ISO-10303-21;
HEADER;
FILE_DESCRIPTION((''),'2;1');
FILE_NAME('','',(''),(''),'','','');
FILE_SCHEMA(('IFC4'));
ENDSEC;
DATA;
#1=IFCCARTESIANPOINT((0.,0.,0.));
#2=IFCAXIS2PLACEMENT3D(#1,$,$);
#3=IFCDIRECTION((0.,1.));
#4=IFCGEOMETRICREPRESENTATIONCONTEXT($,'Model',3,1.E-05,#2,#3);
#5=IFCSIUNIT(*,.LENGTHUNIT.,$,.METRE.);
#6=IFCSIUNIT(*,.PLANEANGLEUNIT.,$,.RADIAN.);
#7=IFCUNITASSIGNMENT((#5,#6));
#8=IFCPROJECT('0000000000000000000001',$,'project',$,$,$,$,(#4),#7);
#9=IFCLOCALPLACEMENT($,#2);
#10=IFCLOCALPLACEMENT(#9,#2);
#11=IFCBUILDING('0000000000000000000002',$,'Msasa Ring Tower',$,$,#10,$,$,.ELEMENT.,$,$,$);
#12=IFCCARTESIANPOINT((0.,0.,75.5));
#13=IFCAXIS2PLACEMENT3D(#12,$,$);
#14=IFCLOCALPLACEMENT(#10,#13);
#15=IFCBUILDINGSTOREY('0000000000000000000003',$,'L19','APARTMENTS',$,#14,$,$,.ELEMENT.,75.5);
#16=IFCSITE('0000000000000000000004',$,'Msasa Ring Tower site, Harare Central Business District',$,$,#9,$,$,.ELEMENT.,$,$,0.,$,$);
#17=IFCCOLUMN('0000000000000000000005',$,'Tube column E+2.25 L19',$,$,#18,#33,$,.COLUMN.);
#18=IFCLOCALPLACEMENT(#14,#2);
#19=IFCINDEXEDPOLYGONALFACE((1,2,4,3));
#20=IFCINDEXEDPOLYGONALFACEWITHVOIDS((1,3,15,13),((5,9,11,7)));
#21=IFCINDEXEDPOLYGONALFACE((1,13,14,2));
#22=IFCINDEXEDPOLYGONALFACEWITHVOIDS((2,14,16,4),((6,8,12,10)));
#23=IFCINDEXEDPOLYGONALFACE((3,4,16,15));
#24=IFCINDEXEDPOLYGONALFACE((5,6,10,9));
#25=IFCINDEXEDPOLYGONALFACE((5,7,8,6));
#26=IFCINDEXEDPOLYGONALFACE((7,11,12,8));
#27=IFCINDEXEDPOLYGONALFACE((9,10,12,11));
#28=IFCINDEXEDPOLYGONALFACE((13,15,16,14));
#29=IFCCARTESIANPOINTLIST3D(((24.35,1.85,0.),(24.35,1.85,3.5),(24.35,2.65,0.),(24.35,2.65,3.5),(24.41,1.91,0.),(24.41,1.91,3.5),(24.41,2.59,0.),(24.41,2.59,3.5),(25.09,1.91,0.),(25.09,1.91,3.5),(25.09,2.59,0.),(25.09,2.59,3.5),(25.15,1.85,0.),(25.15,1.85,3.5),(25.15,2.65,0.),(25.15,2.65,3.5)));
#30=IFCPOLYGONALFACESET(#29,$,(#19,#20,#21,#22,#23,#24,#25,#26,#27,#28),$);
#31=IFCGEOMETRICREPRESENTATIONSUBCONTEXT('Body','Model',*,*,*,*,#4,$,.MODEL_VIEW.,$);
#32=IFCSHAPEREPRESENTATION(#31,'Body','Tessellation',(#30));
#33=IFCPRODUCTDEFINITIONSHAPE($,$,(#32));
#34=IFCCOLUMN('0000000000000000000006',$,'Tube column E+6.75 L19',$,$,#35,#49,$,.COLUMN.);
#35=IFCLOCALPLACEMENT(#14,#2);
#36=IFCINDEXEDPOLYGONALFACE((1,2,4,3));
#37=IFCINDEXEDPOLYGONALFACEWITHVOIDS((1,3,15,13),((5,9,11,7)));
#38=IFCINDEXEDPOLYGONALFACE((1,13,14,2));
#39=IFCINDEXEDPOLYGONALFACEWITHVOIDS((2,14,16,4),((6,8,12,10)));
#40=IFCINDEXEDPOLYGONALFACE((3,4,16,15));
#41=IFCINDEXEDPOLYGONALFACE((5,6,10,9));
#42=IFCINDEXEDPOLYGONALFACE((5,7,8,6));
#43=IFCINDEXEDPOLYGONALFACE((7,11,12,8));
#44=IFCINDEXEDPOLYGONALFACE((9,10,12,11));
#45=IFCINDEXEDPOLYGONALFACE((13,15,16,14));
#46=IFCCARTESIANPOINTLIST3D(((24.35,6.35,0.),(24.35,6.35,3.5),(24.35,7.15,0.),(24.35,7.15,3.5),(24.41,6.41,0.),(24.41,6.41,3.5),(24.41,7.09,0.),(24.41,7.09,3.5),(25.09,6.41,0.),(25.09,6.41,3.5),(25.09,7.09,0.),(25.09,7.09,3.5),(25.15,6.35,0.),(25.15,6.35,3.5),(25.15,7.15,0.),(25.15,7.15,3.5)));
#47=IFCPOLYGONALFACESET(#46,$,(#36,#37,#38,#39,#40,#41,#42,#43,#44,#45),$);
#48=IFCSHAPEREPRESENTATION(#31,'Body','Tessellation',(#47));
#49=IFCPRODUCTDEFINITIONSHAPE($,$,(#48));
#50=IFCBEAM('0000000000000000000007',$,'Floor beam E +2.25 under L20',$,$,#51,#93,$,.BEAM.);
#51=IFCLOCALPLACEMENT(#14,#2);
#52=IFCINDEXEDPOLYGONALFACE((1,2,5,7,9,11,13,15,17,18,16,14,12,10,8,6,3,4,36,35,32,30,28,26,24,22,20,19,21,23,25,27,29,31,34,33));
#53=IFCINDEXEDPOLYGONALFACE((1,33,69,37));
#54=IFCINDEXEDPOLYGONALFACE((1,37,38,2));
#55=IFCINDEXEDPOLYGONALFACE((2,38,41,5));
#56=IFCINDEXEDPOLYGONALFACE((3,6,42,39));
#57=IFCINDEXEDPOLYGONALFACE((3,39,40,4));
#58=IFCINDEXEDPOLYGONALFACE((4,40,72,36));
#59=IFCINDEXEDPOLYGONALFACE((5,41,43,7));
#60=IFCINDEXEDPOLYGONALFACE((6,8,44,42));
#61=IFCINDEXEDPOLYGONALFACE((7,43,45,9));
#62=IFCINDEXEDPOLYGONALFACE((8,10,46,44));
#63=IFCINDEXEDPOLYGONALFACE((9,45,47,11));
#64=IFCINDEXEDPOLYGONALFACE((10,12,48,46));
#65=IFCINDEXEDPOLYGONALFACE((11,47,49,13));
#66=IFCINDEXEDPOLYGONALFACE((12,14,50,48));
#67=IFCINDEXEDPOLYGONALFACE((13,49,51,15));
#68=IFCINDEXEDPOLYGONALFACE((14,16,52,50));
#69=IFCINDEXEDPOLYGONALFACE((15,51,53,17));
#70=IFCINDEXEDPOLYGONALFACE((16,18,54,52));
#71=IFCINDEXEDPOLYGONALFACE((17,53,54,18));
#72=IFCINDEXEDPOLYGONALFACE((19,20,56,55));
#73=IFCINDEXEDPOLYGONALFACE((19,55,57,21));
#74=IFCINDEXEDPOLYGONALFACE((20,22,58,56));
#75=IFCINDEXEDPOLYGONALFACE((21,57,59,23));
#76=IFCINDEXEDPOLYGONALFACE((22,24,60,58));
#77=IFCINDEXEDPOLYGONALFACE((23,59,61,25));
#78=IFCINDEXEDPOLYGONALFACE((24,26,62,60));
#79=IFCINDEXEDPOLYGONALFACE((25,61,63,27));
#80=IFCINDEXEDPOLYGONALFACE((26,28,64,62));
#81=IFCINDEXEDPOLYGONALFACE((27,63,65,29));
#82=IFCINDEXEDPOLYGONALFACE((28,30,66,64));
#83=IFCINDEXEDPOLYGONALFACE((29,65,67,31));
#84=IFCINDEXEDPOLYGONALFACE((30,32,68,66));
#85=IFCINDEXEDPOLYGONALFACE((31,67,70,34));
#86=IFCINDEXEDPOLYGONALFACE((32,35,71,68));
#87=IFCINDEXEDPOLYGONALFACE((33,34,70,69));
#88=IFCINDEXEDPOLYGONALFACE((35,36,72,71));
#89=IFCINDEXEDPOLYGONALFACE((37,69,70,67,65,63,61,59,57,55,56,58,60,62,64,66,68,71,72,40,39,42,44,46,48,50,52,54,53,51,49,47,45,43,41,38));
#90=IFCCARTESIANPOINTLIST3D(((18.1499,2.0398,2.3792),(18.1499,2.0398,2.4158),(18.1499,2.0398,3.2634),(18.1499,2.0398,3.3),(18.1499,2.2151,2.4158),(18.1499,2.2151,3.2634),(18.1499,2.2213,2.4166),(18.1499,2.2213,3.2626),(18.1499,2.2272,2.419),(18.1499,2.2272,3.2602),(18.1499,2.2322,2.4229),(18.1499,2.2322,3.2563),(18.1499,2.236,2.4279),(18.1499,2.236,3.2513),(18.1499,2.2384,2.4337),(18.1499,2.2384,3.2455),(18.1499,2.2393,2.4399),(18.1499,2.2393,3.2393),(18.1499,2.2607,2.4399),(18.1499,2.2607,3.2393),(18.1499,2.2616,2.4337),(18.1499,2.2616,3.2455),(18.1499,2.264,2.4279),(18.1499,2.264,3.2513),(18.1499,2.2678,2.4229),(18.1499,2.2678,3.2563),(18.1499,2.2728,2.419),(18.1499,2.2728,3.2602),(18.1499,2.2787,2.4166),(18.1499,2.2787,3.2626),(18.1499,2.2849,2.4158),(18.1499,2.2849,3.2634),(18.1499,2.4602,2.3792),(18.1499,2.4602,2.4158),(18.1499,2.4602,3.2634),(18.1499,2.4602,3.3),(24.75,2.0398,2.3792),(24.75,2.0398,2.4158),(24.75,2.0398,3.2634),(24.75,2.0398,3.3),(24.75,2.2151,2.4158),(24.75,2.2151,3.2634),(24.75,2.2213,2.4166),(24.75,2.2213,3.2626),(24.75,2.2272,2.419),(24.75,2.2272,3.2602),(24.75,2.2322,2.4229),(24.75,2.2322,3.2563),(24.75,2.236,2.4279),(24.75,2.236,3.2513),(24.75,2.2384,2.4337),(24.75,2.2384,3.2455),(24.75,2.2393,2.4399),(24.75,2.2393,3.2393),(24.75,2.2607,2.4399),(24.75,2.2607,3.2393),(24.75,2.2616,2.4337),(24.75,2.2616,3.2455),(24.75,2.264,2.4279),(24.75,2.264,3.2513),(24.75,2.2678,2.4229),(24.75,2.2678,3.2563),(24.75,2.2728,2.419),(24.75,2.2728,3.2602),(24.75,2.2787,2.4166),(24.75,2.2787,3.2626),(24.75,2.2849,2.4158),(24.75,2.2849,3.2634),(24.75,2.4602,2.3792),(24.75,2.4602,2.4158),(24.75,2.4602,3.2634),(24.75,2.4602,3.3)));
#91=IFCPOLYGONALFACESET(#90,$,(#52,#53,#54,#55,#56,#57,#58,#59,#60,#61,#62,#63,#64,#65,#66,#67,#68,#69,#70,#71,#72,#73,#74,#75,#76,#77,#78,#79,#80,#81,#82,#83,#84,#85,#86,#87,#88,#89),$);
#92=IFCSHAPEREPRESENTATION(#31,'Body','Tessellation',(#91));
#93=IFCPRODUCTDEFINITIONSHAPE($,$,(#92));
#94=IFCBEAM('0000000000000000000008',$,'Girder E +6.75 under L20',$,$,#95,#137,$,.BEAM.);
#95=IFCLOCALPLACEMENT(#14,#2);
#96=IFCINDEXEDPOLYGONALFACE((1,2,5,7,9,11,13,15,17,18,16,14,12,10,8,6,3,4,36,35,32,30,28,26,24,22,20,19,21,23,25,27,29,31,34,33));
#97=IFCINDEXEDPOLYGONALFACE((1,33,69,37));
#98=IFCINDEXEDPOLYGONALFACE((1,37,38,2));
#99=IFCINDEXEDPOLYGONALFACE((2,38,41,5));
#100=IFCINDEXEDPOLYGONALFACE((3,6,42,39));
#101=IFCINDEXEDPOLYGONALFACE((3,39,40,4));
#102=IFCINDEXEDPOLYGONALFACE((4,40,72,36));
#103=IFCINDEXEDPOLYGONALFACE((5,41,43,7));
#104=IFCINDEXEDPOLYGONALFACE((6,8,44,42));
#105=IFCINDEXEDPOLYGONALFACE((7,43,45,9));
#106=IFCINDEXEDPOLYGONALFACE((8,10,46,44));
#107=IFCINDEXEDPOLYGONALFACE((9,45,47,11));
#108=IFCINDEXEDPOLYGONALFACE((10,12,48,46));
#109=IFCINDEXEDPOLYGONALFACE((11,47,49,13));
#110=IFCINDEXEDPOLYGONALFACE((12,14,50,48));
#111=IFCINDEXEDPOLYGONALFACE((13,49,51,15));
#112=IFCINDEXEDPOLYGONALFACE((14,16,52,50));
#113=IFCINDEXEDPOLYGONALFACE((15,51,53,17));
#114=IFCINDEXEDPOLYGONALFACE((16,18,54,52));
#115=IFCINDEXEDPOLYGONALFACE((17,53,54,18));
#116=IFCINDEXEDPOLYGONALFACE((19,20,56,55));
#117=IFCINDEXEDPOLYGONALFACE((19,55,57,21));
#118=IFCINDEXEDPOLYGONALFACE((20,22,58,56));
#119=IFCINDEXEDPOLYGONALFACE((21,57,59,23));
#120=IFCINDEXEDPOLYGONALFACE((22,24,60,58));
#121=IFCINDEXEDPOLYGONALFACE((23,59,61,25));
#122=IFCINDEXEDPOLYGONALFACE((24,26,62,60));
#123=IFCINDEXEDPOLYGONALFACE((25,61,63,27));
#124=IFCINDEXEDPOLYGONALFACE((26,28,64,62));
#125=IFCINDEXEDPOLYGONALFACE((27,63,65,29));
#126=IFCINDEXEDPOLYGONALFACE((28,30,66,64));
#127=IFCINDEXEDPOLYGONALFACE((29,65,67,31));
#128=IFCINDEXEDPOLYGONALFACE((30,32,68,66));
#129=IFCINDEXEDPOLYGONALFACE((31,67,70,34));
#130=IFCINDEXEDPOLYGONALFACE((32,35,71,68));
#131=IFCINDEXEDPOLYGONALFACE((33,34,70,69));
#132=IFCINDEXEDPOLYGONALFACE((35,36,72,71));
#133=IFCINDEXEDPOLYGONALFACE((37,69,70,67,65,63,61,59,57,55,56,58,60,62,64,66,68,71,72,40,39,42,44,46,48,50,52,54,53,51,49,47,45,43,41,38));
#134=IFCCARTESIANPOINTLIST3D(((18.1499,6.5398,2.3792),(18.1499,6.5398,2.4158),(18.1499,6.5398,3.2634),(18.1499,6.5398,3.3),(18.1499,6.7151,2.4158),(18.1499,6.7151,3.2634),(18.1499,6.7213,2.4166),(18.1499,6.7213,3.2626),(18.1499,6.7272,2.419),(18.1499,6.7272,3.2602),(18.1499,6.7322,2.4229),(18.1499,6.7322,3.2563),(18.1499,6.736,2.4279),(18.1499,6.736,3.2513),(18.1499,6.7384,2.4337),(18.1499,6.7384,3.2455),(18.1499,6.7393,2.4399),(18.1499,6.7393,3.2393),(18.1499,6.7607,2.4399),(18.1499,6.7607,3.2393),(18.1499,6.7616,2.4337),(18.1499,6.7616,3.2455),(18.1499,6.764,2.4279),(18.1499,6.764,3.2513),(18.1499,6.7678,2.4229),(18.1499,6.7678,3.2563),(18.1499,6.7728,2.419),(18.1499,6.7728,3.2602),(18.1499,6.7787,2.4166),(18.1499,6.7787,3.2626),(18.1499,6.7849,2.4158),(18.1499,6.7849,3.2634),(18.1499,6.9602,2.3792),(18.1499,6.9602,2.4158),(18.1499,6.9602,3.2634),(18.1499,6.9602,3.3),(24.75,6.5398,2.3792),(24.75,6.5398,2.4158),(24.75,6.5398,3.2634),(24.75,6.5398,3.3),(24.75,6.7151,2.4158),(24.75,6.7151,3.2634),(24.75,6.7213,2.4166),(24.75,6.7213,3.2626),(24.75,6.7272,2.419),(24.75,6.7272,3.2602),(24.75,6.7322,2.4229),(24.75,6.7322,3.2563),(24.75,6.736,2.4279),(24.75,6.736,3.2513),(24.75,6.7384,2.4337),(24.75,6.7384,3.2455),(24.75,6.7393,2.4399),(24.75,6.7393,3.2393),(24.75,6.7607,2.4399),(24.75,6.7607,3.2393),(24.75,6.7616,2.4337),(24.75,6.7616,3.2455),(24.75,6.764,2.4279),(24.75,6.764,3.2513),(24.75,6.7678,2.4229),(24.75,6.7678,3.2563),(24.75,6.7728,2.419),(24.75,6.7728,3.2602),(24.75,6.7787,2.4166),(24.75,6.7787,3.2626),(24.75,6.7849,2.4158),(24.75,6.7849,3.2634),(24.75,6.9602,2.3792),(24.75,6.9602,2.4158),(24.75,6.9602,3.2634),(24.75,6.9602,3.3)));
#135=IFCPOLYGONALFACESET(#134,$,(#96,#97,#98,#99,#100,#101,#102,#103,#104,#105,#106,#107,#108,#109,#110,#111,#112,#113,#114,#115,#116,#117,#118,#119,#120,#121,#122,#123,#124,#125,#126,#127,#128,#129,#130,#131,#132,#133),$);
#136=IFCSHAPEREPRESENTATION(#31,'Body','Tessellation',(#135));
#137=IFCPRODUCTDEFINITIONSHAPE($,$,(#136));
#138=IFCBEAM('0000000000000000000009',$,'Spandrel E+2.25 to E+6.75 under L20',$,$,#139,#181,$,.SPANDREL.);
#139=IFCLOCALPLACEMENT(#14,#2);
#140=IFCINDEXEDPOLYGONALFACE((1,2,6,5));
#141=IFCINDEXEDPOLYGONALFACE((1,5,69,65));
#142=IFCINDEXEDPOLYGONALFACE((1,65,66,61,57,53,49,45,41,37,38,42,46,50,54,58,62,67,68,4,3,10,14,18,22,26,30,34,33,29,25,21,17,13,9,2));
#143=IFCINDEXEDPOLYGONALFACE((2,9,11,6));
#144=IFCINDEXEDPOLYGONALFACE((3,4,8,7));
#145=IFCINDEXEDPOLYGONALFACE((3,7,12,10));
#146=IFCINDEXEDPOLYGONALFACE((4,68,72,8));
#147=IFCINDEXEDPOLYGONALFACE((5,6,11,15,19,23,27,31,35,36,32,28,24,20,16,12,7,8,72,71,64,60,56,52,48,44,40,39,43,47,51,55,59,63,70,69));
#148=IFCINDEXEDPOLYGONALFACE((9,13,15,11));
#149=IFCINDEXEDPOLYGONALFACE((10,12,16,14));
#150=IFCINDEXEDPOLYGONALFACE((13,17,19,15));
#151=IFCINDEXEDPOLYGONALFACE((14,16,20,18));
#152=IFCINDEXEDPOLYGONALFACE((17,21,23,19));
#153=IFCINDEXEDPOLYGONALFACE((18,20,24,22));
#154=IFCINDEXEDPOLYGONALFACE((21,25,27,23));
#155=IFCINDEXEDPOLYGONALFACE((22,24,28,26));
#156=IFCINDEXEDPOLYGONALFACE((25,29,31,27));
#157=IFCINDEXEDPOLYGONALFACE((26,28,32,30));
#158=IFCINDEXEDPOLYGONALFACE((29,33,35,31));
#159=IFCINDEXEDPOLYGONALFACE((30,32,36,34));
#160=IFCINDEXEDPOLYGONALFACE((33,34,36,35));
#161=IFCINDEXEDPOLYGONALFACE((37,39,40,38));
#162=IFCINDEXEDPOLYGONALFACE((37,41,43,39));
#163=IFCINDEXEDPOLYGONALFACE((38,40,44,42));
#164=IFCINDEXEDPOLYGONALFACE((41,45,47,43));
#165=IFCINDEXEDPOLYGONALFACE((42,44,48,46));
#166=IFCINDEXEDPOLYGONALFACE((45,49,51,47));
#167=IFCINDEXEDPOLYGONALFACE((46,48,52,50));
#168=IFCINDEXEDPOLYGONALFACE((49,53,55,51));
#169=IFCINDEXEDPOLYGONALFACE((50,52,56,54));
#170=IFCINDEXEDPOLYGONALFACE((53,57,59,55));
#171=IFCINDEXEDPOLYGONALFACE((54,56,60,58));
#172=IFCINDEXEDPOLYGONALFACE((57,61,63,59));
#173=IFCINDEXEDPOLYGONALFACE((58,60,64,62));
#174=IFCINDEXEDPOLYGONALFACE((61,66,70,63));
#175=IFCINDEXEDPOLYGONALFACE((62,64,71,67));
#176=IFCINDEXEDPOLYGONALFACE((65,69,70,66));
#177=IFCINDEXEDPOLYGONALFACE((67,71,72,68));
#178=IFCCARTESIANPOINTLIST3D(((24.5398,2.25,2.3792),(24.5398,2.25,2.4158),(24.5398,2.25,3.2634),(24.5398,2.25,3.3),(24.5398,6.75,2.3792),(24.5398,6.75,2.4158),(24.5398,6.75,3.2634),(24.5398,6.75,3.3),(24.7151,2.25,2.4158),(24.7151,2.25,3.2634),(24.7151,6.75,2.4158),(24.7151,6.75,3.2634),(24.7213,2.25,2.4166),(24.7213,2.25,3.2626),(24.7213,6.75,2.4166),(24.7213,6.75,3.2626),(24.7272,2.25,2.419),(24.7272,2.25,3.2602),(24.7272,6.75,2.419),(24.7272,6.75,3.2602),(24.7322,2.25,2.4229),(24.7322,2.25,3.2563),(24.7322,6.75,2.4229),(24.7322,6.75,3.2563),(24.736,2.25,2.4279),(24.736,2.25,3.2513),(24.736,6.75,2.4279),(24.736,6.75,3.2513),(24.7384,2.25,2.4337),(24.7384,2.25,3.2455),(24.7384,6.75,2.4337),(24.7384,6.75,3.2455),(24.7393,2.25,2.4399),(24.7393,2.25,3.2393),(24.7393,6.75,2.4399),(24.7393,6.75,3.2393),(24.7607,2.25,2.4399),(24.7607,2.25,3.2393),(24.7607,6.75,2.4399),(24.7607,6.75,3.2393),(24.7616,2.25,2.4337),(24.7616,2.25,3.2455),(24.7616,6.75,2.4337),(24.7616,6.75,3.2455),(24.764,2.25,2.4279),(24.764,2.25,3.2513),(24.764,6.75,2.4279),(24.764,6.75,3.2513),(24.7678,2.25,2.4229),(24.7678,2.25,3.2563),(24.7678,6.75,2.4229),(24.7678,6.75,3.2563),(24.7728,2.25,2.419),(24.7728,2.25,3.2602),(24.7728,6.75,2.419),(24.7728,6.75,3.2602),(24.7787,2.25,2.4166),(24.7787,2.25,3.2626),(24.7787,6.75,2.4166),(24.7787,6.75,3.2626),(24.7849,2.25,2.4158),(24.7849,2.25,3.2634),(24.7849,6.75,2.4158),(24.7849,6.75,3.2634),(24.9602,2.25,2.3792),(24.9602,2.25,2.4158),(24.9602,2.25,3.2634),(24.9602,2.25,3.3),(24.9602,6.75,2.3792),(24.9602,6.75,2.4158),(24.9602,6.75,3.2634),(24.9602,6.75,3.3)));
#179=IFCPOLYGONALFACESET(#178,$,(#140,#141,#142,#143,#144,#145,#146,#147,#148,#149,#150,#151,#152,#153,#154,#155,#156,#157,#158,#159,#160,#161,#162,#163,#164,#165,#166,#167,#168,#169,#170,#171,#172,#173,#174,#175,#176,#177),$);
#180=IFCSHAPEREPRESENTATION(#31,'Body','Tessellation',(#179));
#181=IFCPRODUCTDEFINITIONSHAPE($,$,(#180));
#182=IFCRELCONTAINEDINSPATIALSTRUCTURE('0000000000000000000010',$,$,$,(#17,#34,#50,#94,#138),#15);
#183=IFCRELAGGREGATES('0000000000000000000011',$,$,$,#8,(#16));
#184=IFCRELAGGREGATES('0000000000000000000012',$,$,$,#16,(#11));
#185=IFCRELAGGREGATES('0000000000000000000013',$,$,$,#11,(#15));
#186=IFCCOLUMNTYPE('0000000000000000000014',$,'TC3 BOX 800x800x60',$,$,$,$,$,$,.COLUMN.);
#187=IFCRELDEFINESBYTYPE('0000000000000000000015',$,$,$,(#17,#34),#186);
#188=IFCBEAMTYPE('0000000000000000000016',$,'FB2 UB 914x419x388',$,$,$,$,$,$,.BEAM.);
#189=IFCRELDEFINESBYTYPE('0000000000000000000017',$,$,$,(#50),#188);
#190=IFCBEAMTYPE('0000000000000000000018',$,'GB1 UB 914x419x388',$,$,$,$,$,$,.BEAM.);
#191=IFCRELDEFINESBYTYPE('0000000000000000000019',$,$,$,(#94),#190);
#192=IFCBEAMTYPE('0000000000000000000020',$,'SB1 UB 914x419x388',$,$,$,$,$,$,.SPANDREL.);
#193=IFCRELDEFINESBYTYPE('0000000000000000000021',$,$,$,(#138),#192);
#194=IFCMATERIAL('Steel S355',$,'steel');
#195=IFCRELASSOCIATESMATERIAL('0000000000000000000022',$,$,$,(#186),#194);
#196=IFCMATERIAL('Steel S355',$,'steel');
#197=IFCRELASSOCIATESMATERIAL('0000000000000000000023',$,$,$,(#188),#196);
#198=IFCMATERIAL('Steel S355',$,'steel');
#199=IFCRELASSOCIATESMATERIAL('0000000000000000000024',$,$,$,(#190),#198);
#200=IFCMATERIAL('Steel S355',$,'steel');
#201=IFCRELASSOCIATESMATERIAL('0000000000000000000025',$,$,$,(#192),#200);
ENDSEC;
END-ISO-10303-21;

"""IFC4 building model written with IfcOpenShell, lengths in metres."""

from ifc_helpers import new_model, si_unit, direction, frame, origin, origin_2d, place, context, subcontext, project, spatial, hollow_rectangle, i_section, extrude, material, material_profile, profile_set, type_object, element, save


model = new_model("IFC4")

# Units and contexts
model_context = context("Model", 3, precision=1e-05, world=origin(), true_north=direction((0.0, 1.0)))
body_context = subcontext(model_context, "Body", "Model", "MODEL_VIEW")
ifc_project = project(units=[si_unit("LENGTHUNIT", "METRE"), si_unit("PLANEANGLEUNIT", "RADIAN")], contexts=[model_context])

# Site, building, storey
site_placement = place(None, origin())
site = spatial("IfcSite", under=ifc_project, at=site_placement, Name="Msasa Ring Tower site, Harare Central Business District", CompositionType="ELEMENT", RefElevation=0.0)
building_placement = place(site_placement, origin())
building = spatial("IfcBuilding", under=site, at=building_placement, Name="Msasa Ring Tower", CompositionType="ELEMENT")
storey_placement = place(building_placement, frame((0.0, 0.0, 75.5)))
storey = spatial("IfcBuildingStorey", under=building, at=storey_placement, Name="L19", Description="APARTMENTS", CompositionType="ELEMENT", Elevation=75.5)

# Columns
ifc_material_1 = material(Name="Steel S355", Category="steel")
ifc_material_profile_1 = material_profile(ifc_material_1, hollow_rectangle(XDim=0.8, YDim=0.8, WallThickness=0.0601, at=origin_2d()), Name="BOX 800x800x60")
ifc_profile_set_1 = profile_set([ifc_material_profile_1], Name="Steel S355")
column_type = type_object("IfcColumnType", Name="TC3 BOX 800x800x60", PredefinedType="COLUMN", material=ifc_profile_set_1)
for number, where, z_axis, x_axis, name in (
    (1, (24.75, 2.25, 0.0), (0.0, 0.0, 1.0), (1.0, 0.0, 0.0), "Tube column E+2.25 L19"),
    (2, (24.75, 6.75, 0.0), (0.0, 0.0, 1.0), (1.0, 0.0, 0.0), "Tube column E+6.75 L19"),
):
    element("IfcColumn", number, at=place(storey_placement, frame(where, z_axis=z_axis, x_axis=x_axis)), inside=storey, type_object=column_type, Name=name, PredefinedType="COLUMN", context=body_context, shape_type="SweptSolid", body=[
        extrude(hollow_rectangle(XDim=0.8, YDim=0.8, WallThickness=0.0601, at=origin_2d()), origin(), (0.0, 0.0, 1.0), 3.5),
    ])

# Beams
ifc_material_2 = material(Name="Steel S355", Category="steel")
ifc_material_profile_2 = material_profile(ifc_material_2, i_section(OverallWidth=0.4204, OverallDepth=0.9209, WebThickness=0.0215, FlangeThickness=0.0366, FilletRadius=0.0242, at=origin_2d()), Name="UB 914x419x388")
ifc_profile_set_2 = profile_set([ifc_material_profile_2], Name="Steel S355")
beam_type_1 = type_object("IfcBeamType", Name="FB2 UB 914x419x388", PredefinedType="BEAM", material=ifc_profile_set_2)
beam_1_placement = place(storey_placement, frame((24.75, 2.25, 2.8396), z_axis=(-1.0, 0.0, 0.0), x_axis=(0.0, -1.0, 0.0)))
element("IfcBeam", 3, at=beam_1_placement, inside=storey, type_object=beam_type_1, Name="Floor beam E +2.25 under L20", PredefinedType="BEAM", context=body_context, shape_type="SweptSolid", body=[
    extrude(i_section(OverallWidth=0.4204, OverallDepth=0.9209, WebThickness=0.0215, FlangeThickness=0.0366, FilletRadius=0.0242, at=origin_2d()), origin(), (0.0, 0.0, 1.0), 6.6001),
])
ifc_material_3 = material(Name="Steel S355", Category="steel")
ifc_material_profile_3 = material_profile(ifc_material_3, i_section(OverallWidth=0.4204, OverallDepth=0.9209, WebThickness=0.0215, FlangeThickness=0.0366, FilletRadius=0.0242, at=origin_2d()), Name="UB 914x419x388")
ifc_profile_set_3 = profile_set([ifc_material_profile_3], Name="Steel S355")
beam_type_2 = type_object("IfcBeamType", Name="GB1 UB 914x419x388", PredefinedType="BEAM", material=ifc_profile_set_3)
beam_2_placement = place(storey_placement, frame((18.1499, 6.75, 2.8396), z_axis=(1.0, 0.0, 0.0), x_axis=(0.0, 1.0, 0.0)))
element("IfcBeam", 4, at=beam_2_placement, inside=storey, type_object=beam_type_2, Name="Girder E +6.75 under L20", PredefinedType="BEAM", context=body_context, shape_type="SweptSolid", body=[
    extrude(i_section(OverallWidth=0.4204, OverallDepth=0.9209, WebThickness=0.0215, FlangeThickness=0.0366, FilletRadius=0.0242, at=origin_2d()), origin(), (0.0, 0.0, 1.0), 6.6001),
])
ifc_material_4 = material(Name="Steel S355", Category="steel")
ifc_material_profile_4 = material_profile(ifc_material_4, i_section(OverallWidth=0.4204, OverallDepth=0.9209, WebThickness=0.0215, FlangeThickness=0.0366, FilletRadius=0.0242, at=origin_2d()), Name="UB 914x419x388")
ifc_profile_set_4 = profile_set([ifc_material_profile_4], Name="Steel S355")
beam_type_3 = type_object("IfcBeamType", Name="SB1 UB 914x419x388", PredefinedType="SPANDREL", material=ifc_profile_set_4)
for number, where, z_axis, x_axis, name in (
    (5, (24.75, 2.25, 2.8396), (0.0, 1.0, 0.0), (-1.0, 0.0, 0.0), "Spandrel E+2.25 to E+6.75 under L20"),
):
    element("IfcBeam", number, at=place(storey_placement, frame(where, z_axis=z_axis, x_axis=x_axis)), inside=storey, type_object=beam_type_3, Name=name, PredefinedType="SPANDREL", context=body_context, shape_type="SweptSolid", body=[
        extrude(i_section(OverallWidth=0.4204, OverallDepth=0.9209, WebThickness=0.0215, FlangeThickness=0.0366, FilletRadius=0.0242, at=origin_2d()), origin(), (0.0, 0.0, 1.0), 4.5),
    ])

save(model, "model.ifc")
